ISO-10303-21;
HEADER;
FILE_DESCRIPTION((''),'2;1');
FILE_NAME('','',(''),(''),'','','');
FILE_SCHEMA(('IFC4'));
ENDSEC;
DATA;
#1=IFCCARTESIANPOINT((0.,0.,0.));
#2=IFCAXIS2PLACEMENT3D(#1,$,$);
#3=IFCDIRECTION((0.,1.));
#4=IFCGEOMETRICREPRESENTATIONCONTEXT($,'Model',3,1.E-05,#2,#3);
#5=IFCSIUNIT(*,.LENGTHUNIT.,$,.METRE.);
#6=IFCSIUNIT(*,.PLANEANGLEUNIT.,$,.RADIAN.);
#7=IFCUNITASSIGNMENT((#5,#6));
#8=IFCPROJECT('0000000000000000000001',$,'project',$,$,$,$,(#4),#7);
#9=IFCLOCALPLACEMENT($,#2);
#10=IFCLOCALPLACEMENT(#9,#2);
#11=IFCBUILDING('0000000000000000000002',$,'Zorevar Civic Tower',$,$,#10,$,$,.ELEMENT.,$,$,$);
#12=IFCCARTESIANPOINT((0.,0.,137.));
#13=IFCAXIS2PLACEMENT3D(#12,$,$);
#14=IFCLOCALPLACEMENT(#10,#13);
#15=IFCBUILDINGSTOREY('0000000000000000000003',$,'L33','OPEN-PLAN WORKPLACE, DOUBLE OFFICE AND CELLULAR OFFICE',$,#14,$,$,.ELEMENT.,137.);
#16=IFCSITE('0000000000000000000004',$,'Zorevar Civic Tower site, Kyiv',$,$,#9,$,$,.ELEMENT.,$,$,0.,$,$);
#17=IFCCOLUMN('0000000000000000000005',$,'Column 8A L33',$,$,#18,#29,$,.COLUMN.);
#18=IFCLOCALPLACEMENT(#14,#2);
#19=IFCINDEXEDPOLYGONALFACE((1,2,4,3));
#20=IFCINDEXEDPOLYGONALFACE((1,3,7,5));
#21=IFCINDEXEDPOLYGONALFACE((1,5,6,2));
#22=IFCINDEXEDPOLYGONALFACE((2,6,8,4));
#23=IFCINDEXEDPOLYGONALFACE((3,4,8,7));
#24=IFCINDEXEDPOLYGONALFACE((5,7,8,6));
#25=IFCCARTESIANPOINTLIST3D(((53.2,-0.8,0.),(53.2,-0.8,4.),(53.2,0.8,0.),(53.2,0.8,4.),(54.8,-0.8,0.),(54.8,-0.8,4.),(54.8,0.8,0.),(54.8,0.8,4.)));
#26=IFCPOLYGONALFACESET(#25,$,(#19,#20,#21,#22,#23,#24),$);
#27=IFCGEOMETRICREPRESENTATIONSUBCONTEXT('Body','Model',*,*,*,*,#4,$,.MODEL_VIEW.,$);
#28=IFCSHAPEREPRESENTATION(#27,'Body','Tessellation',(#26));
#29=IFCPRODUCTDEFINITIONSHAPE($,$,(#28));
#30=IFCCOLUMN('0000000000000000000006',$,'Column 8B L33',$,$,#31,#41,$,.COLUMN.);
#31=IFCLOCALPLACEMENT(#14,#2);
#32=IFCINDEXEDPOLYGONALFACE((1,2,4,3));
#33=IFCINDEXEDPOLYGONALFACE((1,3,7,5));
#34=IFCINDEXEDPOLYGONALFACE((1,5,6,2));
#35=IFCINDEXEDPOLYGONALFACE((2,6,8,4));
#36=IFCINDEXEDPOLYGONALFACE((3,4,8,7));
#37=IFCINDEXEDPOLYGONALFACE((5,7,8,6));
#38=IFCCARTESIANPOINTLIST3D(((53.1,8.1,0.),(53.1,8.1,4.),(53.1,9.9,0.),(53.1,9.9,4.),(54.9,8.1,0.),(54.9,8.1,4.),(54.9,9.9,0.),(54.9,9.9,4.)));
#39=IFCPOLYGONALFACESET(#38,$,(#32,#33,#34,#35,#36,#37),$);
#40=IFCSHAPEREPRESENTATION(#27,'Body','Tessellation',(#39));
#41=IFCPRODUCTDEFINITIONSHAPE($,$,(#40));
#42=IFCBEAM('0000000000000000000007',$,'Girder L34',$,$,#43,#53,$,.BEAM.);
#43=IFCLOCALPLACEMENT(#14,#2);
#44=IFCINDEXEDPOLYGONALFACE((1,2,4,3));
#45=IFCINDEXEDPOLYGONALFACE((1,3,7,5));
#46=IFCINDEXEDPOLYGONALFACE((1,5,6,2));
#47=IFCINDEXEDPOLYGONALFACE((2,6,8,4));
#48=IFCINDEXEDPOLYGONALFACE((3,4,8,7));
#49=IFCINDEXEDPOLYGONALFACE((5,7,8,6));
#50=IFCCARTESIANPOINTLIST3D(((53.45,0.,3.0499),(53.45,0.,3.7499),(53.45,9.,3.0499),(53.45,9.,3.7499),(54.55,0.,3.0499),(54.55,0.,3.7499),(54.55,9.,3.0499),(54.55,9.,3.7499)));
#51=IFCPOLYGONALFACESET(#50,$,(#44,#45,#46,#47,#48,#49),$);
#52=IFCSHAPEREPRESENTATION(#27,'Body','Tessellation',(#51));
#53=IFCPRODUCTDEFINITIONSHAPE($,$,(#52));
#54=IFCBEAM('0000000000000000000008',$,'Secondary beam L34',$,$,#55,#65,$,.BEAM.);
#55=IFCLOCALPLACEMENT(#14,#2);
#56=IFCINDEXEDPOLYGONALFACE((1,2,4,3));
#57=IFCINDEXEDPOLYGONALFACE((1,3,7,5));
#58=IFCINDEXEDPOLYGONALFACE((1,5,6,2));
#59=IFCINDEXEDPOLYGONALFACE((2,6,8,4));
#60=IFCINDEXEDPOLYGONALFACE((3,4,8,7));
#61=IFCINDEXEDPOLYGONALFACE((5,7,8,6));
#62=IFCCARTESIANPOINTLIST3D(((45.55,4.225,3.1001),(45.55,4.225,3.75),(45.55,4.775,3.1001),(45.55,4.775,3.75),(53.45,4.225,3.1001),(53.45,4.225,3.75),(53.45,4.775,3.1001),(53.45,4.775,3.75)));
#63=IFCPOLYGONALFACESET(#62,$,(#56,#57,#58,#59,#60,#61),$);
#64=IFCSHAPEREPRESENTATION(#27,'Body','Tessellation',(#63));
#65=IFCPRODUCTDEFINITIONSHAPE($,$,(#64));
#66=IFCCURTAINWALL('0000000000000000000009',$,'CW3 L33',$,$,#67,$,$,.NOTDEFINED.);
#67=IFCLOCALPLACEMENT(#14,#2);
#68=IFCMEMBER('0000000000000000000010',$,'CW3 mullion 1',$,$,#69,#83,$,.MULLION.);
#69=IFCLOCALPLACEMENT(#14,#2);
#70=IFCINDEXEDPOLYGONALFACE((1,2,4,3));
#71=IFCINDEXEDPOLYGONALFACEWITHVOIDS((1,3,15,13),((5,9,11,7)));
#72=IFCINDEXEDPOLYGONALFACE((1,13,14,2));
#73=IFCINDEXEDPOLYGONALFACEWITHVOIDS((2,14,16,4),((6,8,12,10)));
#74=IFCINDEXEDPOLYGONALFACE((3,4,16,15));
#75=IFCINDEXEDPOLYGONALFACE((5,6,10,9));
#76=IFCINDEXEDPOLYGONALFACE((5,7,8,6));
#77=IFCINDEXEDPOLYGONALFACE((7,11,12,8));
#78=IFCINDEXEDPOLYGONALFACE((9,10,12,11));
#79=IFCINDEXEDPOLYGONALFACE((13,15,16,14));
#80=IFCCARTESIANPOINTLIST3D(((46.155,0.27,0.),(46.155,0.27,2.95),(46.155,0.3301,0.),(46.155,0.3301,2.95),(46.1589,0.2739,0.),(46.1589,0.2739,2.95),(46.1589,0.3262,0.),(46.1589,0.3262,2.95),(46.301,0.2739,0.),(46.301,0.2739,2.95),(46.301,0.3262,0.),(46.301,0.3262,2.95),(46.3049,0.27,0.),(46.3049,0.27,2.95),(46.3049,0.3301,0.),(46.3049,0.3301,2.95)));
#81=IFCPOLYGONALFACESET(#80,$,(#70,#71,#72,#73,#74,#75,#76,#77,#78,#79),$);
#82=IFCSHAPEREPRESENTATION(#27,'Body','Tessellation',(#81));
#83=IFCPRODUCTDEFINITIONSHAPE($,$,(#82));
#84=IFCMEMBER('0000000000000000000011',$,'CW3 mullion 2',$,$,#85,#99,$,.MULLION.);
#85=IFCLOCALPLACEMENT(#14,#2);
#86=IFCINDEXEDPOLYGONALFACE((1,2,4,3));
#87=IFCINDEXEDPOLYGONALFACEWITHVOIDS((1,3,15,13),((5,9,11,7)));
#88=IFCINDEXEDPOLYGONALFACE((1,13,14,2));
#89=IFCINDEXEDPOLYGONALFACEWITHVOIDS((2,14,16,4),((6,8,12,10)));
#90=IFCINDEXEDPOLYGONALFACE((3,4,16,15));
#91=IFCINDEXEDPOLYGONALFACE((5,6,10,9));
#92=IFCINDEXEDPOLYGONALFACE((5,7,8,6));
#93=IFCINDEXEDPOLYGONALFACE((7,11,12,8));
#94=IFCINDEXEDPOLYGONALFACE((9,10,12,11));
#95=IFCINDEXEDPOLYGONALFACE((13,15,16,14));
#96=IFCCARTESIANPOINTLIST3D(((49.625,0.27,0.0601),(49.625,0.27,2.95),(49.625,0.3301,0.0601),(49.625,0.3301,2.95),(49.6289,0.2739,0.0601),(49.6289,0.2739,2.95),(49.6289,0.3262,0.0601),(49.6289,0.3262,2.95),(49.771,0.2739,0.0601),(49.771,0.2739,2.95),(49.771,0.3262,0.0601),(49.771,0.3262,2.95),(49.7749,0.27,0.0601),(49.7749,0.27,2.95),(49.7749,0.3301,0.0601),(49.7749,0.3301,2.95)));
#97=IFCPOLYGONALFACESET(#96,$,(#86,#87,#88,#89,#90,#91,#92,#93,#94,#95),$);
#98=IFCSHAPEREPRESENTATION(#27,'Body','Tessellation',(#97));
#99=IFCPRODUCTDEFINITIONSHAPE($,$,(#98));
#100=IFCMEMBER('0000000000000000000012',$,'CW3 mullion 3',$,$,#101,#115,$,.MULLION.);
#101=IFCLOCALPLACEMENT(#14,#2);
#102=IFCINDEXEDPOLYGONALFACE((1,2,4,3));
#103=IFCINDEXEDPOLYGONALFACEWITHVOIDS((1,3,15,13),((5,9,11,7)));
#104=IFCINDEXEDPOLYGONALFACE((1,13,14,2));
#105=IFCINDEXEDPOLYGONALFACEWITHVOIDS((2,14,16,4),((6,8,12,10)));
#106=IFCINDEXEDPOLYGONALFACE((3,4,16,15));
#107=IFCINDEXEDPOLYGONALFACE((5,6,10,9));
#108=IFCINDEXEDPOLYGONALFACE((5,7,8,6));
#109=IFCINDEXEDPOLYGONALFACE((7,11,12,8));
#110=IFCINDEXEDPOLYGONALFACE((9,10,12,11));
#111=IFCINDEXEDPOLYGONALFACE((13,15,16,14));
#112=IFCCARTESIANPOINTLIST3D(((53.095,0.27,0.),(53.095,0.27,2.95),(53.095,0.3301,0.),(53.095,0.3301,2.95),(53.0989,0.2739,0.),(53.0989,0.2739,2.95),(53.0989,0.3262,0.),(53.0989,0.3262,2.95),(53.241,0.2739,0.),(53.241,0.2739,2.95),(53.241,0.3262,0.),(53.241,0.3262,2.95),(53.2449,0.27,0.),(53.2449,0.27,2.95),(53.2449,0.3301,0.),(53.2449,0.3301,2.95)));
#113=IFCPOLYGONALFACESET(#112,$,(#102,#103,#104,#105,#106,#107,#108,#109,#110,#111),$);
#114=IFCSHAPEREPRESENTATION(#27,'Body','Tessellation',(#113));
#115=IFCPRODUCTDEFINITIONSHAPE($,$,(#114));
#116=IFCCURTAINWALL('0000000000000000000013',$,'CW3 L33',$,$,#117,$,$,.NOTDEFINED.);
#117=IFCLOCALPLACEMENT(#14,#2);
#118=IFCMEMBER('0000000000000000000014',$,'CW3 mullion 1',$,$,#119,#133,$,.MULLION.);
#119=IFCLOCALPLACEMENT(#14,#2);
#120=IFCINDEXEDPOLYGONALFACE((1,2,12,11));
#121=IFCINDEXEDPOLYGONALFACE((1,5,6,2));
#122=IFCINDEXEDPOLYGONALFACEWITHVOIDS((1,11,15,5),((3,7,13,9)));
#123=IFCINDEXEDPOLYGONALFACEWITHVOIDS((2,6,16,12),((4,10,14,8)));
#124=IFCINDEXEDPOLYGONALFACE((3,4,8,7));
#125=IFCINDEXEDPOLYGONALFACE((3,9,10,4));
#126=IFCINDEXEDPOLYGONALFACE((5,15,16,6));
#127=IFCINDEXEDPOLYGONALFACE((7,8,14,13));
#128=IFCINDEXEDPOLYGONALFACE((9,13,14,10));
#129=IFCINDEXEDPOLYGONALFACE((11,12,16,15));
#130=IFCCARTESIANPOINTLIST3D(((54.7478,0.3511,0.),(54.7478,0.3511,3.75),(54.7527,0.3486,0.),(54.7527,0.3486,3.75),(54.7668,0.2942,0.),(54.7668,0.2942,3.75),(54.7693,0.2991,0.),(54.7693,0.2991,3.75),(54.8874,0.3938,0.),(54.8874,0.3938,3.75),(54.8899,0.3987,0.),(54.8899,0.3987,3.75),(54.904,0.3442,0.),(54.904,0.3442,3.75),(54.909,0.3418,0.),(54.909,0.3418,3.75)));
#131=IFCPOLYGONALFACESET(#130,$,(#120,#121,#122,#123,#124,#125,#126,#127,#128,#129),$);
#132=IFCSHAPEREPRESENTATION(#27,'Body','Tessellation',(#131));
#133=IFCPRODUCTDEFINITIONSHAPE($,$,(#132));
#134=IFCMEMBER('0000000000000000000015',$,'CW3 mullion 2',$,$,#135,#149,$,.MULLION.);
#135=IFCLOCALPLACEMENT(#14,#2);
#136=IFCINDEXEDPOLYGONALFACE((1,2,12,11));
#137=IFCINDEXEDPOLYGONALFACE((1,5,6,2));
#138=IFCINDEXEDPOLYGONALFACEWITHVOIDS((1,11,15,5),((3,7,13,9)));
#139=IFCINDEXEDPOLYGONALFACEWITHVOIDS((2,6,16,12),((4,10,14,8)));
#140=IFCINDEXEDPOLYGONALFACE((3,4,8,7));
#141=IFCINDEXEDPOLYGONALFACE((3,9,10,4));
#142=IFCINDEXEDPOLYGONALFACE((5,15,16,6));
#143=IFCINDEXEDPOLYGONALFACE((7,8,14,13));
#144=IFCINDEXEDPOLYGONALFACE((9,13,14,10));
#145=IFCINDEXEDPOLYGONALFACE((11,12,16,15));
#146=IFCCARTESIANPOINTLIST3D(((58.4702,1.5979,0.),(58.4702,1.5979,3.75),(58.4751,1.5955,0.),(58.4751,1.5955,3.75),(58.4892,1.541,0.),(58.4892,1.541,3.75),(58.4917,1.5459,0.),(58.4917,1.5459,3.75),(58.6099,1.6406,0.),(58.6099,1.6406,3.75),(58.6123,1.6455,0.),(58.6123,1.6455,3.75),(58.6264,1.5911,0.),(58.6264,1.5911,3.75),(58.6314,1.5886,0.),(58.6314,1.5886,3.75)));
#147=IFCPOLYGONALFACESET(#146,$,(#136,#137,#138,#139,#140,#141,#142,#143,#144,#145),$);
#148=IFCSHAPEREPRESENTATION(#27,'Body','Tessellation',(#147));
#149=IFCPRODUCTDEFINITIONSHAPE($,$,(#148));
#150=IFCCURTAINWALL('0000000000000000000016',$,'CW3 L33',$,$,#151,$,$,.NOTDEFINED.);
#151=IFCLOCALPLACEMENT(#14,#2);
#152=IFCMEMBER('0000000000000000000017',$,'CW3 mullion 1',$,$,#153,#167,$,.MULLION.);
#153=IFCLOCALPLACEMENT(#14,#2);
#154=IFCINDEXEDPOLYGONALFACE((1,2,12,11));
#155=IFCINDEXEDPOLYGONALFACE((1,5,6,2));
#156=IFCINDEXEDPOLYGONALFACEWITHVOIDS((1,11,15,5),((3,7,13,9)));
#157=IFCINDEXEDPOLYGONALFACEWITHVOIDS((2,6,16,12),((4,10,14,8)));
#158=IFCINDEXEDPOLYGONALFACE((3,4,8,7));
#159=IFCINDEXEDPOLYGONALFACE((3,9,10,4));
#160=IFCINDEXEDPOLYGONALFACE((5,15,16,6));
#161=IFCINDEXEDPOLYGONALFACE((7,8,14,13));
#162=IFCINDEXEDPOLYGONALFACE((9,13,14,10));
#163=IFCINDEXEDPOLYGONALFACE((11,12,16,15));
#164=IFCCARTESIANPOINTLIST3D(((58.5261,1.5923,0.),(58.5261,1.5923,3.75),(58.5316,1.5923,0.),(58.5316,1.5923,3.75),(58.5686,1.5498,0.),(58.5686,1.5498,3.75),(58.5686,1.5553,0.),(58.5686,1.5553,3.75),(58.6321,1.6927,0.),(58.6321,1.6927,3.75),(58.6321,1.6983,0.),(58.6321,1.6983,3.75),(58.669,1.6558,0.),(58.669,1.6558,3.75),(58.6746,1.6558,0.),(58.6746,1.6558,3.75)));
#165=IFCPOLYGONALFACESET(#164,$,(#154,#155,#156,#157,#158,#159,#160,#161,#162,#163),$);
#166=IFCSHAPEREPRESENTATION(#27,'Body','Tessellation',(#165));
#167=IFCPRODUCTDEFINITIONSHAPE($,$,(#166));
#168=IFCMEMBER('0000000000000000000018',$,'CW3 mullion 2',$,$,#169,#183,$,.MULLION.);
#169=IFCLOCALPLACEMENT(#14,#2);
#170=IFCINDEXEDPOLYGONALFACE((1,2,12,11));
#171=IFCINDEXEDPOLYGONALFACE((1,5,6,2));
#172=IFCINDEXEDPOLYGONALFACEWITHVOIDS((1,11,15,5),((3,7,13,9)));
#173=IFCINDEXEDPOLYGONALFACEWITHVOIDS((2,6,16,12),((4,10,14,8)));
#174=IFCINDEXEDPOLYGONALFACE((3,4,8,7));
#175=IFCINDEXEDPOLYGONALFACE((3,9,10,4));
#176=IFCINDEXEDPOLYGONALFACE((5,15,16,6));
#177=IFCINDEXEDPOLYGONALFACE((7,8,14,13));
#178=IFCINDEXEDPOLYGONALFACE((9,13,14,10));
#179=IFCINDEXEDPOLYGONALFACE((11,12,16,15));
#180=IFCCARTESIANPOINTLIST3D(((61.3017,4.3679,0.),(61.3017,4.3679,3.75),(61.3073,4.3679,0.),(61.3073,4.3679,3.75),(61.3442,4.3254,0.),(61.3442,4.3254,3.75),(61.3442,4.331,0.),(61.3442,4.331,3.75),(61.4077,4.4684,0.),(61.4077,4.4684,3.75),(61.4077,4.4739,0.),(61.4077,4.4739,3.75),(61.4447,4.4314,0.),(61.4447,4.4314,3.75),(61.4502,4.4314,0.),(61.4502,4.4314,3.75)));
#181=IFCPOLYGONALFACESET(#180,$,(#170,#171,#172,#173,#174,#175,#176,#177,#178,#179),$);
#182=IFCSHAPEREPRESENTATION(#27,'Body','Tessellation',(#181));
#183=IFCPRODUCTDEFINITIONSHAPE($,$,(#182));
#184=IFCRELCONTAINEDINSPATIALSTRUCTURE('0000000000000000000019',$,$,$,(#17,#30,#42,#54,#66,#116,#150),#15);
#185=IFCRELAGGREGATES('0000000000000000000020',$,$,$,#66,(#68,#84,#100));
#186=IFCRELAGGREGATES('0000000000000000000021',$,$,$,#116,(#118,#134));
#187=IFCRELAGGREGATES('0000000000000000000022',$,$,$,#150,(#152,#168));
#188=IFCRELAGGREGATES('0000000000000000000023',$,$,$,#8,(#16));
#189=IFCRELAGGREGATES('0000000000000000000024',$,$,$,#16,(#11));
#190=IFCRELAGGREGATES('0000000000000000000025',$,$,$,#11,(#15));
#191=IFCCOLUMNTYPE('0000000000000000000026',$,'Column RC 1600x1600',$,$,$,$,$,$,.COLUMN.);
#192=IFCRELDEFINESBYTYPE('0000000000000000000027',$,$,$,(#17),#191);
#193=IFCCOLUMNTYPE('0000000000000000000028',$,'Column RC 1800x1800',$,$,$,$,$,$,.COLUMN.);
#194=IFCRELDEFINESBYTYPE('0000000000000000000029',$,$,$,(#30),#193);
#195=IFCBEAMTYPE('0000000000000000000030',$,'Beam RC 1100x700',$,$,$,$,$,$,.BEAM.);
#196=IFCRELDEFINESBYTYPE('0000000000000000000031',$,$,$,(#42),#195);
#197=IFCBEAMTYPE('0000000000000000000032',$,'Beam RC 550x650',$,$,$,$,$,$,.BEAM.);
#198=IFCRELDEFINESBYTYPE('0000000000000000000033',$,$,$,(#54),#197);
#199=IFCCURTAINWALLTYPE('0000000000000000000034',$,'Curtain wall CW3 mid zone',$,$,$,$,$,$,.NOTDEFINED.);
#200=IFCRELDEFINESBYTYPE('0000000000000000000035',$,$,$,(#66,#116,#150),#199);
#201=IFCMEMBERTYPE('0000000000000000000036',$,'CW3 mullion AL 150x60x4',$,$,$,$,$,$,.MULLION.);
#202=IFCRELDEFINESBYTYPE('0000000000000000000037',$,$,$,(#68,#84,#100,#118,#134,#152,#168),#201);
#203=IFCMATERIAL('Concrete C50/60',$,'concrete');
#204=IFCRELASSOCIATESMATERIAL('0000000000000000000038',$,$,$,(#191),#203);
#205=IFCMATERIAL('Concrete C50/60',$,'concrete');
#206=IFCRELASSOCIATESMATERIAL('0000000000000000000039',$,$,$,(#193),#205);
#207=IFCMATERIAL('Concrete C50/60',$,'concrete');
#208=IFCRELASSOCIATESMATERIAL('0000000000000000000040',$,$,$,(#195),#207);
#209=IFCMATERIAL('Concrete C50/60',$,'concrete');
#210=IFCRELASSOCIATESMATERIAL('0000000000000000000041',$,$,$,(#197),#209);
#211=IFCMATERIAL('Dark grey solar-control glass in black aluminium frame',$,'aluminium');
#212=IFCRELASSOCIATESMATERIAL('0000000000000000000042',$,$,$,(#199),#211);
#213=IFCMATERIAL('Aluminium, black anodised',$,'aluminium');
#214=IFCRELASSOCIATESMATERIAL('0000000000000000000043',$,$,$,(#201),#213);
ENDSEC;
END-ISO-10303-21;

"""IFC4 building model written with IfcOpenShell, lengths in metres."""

from ifc_helpers import new_model, si_unit, direction, frame, origin, origin_2d, place, context, subcontext, project, spatial, rectangle, hollow_rectangle, extrude, material, material_profile, profile_set, type_object, element, aggregate, save


model = new_model("IFC4")

# Units and contexts
model_context = context("Model", 3, precision=1e-05, world=origin(), true_north=direction((0.0, 1.0)))
body_context = subcontext(model_context, "Body", "Model", "MODEL_VIEW")
ifc_project = project(units=[si_unit("LENGTHUNIT", "METRE"), si_unit("PLANEANGLEUNIT", "RADIAN")], contexts=[model_context])

# Site, building, storey
site_placement = place(None, origin())
site = spatial("IfcSite", under=ifc_project, at=site_placement, Name="Zorevar Civic Tower site, Kyiv", CompositionType="ELEMENT", RefElevation=0.0)
building_placement = place(site_placement, origin())
building = spatial("IfcBuilding", under=site, at=building_placement, Name="Zorevar Civic Tower", CompositionType="ELEMENT")
storey_placement = place(building_placement, frame((0.0, 0.0, 137.0)))
storey = spatial("IfcBuildingStorey", under=building, at=storey_placement, Name="L33", Description="OPEN-PLAN WORKPLACE, DOUBLE OFFICE AND CELLULAR OFFICE", CompositionType="ELEMENT", Elevation=137.0)

# Columns
ifc_material_1 = material(Name="Concrete C50/60", Category="concrete")
ifc_material_profile_1 = material_profile(ifc_material_1, rectangle(XDim=1.6001, YDim=1.6001, at=origin_2d()), Name="RC 1600x1600")
ifc_profile_set_1 = profile_set([ifc_material_profile_1], Name="Concrete C50/60")
column_type_1 = type_object("IfcColumnType", Name="Column RC 1600x1600", PredefinedType="COLUMN", material=ifc_profile_set_1)
column_1_placement = place(storey_placement, frame((54.0, 0.0, 0.0), z_axis=(0.0, 0.0, 1.0), x_axis=(1.0, 0.0, 0.0)))
element("IfcColumn", 1, at=column_1_placement, inside=storey, type_object=column_type_1, Name="Column 8A L33", PredefinedType="COLUMN", context=body_context, shape_type="SweptSolid", body=[
    extrude(rectangle(XDim=1.6001, YDim=1.6001, at=origin_2d()), origin(), (0.0, 0.0, 1.0), 4.0),
])
ifc_material_2 = material(Name="Concrete C50/60", Category="concrete")
ifc_material_profile_2 = material_profile(ifc_material_2, rectangle(XDim=1.8, YDim=1.8, at=origin_2d()), Name="RC 1800x1800")
ifc_profile_set_2 = profile_set([ifc_material_profile_2], Name="Concrete C50/60")
column_type_2 = type_object("IfcColumnType", Name="Column RC 1800x1800", PredefinedType="COLUMN", material=ifc_profile_set_2)
column_2_placement = place(storey_placement, frame((54.0, 9.0, 0.0), z_axis=(0.0, 0.0, 1.0), x_axis=(1.0, 0.0, 0.0)))
element("IfcColumn", 2, at=column_2_placement, inside=storey, type_object=column_type_2, Name="Column 8B L33", PredefinedType="COLUMN", context=body_context, shape_type="SweptSolid", body=[
    extrude(rectangle(XDim=1.8, YDim=1.8, at=origin_2d()), origin(), (0.0, 0.0, 1.0), 4.0),
])

# Beams
ifc_material_3 = material(Name="Concrete C50/60", Category="concrete")
ifc_material_profile_3 = material_profile(ifc_material_3, rectangle(XDim=1.1001, YDim=0.7, at=origin_2d()), Name="RC 1100x700")
ifc_profile_set_3 = profile_set([ifc_material_profile_3], Name="Concrete C50/60")
beam_type_1 = type_object("IfcBeamType", Name="Beam RC 1100x700", PredefinedType="BEAM", material=ifc_profile_set_3)
beam_1_placement = place(storey_placement, frame((54.0, 0.0, 3.3999), z_axis=(0.0, 1.0, 0.0), x_axis=(-1.0, 0.0, 0.0)))
element("IfcBeam", 3, at=beam_1_placement, inside=storey, type_object=beam_type_1, Name="Girder L34", PredefinedType="BEAM", context=body_context, shape_type="SweptSolid", body=[
    extrude(rectangle(XDim=1.1001, YDim=0.7, at=origin_2d()), origin(), (0.0, 0.0, 1.0), 9.0),
])
ifc_material_4 = material(Name="Concrete C50/60", Category="concrete")
ifc_material_profile_4 = material_profile(ifc_material_4, rectangle(XDim=0.55, YDim=0.6499, at=origin_2d()), Name="RC 550x650")
ifc_profile_set_4 = profile_set([ifc_material_profile_4], Name="Concrete C50/60")
beam_type_2 = type_object("IfcBeamType", Name="Beam RC 550x650", PredefinedType="BEAM", material=ifc_profile_set_4)
beam_2_placement = place(storey_placement, frame((45.55, 4.5, 3.425), z_axis=(1.0, 0.0, 0.0), x_axis=(0.0, 1.0, 0.0)))
element("IfcBeam", 4, at=beam_2_placement, inside=storey, type_object=beam_type_2, Name="Secondary beam L34", PredefinedType="BEAM", context=body_context, shape_type="SweptSolid", body=[
    extrude(rectangle(XDim=0.55, YDim=0.6499, at=origin_2d()), origin(), (0.0, 0.0, 1.0), 7.8999),
])

# Curtain walls, members
ifc_material_5 = material(Name="Dark grey solar-control glass in black aluminium frame", Category="aluminium")
curtain_wall_type = type_object("IfcCurtainWallType", Name="Curtain wall CW3 mid zone", PredefinedType="NOTDEFINED", material=ifc_material_5)
curtain_wall_1_placement = place(storey_placement, origin())
curtain_wall_1 = element("IfcCurtainWall", 5, at=curtain_wall_1_placement, inside=storey, type_object=curtain_wall_type, Name="CW3 L33", PredefinedType="NOTDEFINED")
ifc_material_6 = material(Name="Aluminium, black anodised", Category="aluminium")
ifc_material_profile_5 = material_profile(ifc_material_6, hollow_rectangle(XDim=0.0601, YDim=0.1499, WallThickness=0.0039, at=origin_2d()), Name="AL 150x60x4")
ifc_profile_set_5 = profile_set([ifc_material_profile_5], Name="Aluminium, black anodised")
member_type_1 = type_object("IfcMemberType", Name="CW3 mullion AL 150x60x4", PredefinedType="MULLION", material=ifc_profile_set_5)
member_1_placement = place(storey_placement, frame((46.23, 0.3, 0.0), z_axis=(0.0, 0.0, 1.0), x_axis=(0.0, 1.0, 0.0)))
member_1 = element("IfcMember", 6, at=member_1_placement, type_object=member_type_1, Name="CW3 mullion 1", PredefinedType="MULLION", context=body_context, shape_type="SweptSolid", body=[
    extrude(hollow_rectangle(XDim=0.0601, YDim=0.1499, WallThickness=0.0039, at=origin_2d()), origin(), (0.0, 0.0, 1.0), 2.95),
])
member_2_placement = place(storey_placement, frame((49.7, 0.3, 0.0601), z_axis=(0.0, 0.0, 1.0), x_axis=(0.0, 1.0, 0.0)))
member_2 = element("IfcMember", 7, at=member_2_placement, type_object=member_type_1, Name="CW3 mullion 2", PredefinedType="MULLION", context=body_context, shape_type="SweptSolid", body=[
    extrude(hollow_rectangle(XDim=0.0601, YDim=0.1499, WallThickness=0.0039, at=origin_2d()), origin(), (0.0, 0.0, 1.0), 2.8899),
])
member_3_placement = place(storey_placement, frame((53.1699, 0.3, 0.0), z_axis=(0.0, 0.0, 1.0), x_axis=(0.0, 1.0, 0.0)))
member_3 = element("IfcMember", 8, at=member_3_placement, type_object=member_type_1, Name="CW3 mullion 3", PredefinedType="MULLION", context=body_context, shape_type="SweptSolid", body=[
    extrude(hollow_rectangle(XDim=0.0601, YDim=0.1499, WallThickness=0.0039, at=origin_2d()), origin(), (0.0, 0.0, 1.0), 2.95),
])
curtain_wall_2_placement = place(storey_placement, origin())
curtain_wall_2 = element("IfcCurtainWall", 9, at=curtain_wall_2_placement, inside=storey, type_object=curtain_wall_type, Name="CW3 L33", PredefinedType="NOTDEFINED")
member_4_placement = place(storey_placement, frame((54.8284, 0.3464, 0.0), z_axis=(0.0, 0.0, 1.0), x_axis=(-0.317593, 0.948227, 0.0)))
member_4 = element("IfcMember", 10, at=member_4_placement, type_object=member_type_1, Name="CW3 mullion 1", PredefinedType="MULLION", context=body_context, shape_type="SweptSolid", body=[
    extrude(hollow_rectangle(XDim=0.0601, YDim=0.1499, WallThickness=0.0039, at=origin_2d()), origin(), (0.0, 0.0, 1.0), 3.75),
])
member_5_placement = place(storey_placement, frame((58.5508, 1.5933, 0.0), z_axis=(0.0, 0.0, 1.0), x_axis=(-0.317593, 0.948227, 0.0)))
member_5 = element("IfcMember", 11, at=member_5_placement, type_object=member_type_1, Name="CW3 mullion 2", PredefinedType="MULLION", context=body_context, shape_type="SweptSolid", body=[
    extrude(hollow_rectangle(XDim=0.0601, YDim=0.1499, WallThickness=0.0039, at=origin_2d()), origin(), (0.0, 0.0, 1.0), 3.75),
])
curtain_wall_3_placement = place(storey_placement, origin())
curtain_wall_3 = element("IfcCurtainWall", 12, at=curtain_wall_3_placement, inside=storey, type_object=curtain_wall_type, Name="CW3 L33", PredefinedType="NOTDEFINED")
member_6_placement = place(storey_placement, frame((58.6003, 1.624, 0.0), z_axis=(0.0, 0.0, 1.0), x_axis=(-0.707107, 0.707107, 0.0)))
member_6 = element("IfcMember", 13, at=member_6_placement, type_object=member_type_1, Name="CW3 mullion 1", PredefinedType="MULLION", context=body_context, shape_type="SweptSolid", body=[
    extrude(hollow_rectangle(XDim=0.0601, YDim=0.1499, WallThickness=0.0039, at=origin_2d()), origin(), (0.0, 0.0, 1.0), 3.75),
])
member_7_placement = place(storey_placement, frame((61.376, 4.3997, 0.0), z_axis=(0.0, 0.0, 1.0), x_axis=(-0.707107, 0.707107, 0.0)))
member_7 = element("IfcMember", 14, at=member_7_placement, type_object=member_type_1, Name="CW3 mullion 2", PredefinedType="MULLION", context=body_context, shape_type="SweptSolid", body=[
    extrude(hollow_rectangle(XDim=0.0601, YDim=0.1499, WallThickness=0.0039, at=origin_2d()), origin(), (0.0, 0.0, 1.0), 3.75),
])

aggregate(curtain_wall_1, [member_1, member_2, member_3])
aggregate(curtain_wall_2, [member_4, member_5])
aggregate(curtain_wall_3, [member_6, member_7])

save(model, "model.ifc")
